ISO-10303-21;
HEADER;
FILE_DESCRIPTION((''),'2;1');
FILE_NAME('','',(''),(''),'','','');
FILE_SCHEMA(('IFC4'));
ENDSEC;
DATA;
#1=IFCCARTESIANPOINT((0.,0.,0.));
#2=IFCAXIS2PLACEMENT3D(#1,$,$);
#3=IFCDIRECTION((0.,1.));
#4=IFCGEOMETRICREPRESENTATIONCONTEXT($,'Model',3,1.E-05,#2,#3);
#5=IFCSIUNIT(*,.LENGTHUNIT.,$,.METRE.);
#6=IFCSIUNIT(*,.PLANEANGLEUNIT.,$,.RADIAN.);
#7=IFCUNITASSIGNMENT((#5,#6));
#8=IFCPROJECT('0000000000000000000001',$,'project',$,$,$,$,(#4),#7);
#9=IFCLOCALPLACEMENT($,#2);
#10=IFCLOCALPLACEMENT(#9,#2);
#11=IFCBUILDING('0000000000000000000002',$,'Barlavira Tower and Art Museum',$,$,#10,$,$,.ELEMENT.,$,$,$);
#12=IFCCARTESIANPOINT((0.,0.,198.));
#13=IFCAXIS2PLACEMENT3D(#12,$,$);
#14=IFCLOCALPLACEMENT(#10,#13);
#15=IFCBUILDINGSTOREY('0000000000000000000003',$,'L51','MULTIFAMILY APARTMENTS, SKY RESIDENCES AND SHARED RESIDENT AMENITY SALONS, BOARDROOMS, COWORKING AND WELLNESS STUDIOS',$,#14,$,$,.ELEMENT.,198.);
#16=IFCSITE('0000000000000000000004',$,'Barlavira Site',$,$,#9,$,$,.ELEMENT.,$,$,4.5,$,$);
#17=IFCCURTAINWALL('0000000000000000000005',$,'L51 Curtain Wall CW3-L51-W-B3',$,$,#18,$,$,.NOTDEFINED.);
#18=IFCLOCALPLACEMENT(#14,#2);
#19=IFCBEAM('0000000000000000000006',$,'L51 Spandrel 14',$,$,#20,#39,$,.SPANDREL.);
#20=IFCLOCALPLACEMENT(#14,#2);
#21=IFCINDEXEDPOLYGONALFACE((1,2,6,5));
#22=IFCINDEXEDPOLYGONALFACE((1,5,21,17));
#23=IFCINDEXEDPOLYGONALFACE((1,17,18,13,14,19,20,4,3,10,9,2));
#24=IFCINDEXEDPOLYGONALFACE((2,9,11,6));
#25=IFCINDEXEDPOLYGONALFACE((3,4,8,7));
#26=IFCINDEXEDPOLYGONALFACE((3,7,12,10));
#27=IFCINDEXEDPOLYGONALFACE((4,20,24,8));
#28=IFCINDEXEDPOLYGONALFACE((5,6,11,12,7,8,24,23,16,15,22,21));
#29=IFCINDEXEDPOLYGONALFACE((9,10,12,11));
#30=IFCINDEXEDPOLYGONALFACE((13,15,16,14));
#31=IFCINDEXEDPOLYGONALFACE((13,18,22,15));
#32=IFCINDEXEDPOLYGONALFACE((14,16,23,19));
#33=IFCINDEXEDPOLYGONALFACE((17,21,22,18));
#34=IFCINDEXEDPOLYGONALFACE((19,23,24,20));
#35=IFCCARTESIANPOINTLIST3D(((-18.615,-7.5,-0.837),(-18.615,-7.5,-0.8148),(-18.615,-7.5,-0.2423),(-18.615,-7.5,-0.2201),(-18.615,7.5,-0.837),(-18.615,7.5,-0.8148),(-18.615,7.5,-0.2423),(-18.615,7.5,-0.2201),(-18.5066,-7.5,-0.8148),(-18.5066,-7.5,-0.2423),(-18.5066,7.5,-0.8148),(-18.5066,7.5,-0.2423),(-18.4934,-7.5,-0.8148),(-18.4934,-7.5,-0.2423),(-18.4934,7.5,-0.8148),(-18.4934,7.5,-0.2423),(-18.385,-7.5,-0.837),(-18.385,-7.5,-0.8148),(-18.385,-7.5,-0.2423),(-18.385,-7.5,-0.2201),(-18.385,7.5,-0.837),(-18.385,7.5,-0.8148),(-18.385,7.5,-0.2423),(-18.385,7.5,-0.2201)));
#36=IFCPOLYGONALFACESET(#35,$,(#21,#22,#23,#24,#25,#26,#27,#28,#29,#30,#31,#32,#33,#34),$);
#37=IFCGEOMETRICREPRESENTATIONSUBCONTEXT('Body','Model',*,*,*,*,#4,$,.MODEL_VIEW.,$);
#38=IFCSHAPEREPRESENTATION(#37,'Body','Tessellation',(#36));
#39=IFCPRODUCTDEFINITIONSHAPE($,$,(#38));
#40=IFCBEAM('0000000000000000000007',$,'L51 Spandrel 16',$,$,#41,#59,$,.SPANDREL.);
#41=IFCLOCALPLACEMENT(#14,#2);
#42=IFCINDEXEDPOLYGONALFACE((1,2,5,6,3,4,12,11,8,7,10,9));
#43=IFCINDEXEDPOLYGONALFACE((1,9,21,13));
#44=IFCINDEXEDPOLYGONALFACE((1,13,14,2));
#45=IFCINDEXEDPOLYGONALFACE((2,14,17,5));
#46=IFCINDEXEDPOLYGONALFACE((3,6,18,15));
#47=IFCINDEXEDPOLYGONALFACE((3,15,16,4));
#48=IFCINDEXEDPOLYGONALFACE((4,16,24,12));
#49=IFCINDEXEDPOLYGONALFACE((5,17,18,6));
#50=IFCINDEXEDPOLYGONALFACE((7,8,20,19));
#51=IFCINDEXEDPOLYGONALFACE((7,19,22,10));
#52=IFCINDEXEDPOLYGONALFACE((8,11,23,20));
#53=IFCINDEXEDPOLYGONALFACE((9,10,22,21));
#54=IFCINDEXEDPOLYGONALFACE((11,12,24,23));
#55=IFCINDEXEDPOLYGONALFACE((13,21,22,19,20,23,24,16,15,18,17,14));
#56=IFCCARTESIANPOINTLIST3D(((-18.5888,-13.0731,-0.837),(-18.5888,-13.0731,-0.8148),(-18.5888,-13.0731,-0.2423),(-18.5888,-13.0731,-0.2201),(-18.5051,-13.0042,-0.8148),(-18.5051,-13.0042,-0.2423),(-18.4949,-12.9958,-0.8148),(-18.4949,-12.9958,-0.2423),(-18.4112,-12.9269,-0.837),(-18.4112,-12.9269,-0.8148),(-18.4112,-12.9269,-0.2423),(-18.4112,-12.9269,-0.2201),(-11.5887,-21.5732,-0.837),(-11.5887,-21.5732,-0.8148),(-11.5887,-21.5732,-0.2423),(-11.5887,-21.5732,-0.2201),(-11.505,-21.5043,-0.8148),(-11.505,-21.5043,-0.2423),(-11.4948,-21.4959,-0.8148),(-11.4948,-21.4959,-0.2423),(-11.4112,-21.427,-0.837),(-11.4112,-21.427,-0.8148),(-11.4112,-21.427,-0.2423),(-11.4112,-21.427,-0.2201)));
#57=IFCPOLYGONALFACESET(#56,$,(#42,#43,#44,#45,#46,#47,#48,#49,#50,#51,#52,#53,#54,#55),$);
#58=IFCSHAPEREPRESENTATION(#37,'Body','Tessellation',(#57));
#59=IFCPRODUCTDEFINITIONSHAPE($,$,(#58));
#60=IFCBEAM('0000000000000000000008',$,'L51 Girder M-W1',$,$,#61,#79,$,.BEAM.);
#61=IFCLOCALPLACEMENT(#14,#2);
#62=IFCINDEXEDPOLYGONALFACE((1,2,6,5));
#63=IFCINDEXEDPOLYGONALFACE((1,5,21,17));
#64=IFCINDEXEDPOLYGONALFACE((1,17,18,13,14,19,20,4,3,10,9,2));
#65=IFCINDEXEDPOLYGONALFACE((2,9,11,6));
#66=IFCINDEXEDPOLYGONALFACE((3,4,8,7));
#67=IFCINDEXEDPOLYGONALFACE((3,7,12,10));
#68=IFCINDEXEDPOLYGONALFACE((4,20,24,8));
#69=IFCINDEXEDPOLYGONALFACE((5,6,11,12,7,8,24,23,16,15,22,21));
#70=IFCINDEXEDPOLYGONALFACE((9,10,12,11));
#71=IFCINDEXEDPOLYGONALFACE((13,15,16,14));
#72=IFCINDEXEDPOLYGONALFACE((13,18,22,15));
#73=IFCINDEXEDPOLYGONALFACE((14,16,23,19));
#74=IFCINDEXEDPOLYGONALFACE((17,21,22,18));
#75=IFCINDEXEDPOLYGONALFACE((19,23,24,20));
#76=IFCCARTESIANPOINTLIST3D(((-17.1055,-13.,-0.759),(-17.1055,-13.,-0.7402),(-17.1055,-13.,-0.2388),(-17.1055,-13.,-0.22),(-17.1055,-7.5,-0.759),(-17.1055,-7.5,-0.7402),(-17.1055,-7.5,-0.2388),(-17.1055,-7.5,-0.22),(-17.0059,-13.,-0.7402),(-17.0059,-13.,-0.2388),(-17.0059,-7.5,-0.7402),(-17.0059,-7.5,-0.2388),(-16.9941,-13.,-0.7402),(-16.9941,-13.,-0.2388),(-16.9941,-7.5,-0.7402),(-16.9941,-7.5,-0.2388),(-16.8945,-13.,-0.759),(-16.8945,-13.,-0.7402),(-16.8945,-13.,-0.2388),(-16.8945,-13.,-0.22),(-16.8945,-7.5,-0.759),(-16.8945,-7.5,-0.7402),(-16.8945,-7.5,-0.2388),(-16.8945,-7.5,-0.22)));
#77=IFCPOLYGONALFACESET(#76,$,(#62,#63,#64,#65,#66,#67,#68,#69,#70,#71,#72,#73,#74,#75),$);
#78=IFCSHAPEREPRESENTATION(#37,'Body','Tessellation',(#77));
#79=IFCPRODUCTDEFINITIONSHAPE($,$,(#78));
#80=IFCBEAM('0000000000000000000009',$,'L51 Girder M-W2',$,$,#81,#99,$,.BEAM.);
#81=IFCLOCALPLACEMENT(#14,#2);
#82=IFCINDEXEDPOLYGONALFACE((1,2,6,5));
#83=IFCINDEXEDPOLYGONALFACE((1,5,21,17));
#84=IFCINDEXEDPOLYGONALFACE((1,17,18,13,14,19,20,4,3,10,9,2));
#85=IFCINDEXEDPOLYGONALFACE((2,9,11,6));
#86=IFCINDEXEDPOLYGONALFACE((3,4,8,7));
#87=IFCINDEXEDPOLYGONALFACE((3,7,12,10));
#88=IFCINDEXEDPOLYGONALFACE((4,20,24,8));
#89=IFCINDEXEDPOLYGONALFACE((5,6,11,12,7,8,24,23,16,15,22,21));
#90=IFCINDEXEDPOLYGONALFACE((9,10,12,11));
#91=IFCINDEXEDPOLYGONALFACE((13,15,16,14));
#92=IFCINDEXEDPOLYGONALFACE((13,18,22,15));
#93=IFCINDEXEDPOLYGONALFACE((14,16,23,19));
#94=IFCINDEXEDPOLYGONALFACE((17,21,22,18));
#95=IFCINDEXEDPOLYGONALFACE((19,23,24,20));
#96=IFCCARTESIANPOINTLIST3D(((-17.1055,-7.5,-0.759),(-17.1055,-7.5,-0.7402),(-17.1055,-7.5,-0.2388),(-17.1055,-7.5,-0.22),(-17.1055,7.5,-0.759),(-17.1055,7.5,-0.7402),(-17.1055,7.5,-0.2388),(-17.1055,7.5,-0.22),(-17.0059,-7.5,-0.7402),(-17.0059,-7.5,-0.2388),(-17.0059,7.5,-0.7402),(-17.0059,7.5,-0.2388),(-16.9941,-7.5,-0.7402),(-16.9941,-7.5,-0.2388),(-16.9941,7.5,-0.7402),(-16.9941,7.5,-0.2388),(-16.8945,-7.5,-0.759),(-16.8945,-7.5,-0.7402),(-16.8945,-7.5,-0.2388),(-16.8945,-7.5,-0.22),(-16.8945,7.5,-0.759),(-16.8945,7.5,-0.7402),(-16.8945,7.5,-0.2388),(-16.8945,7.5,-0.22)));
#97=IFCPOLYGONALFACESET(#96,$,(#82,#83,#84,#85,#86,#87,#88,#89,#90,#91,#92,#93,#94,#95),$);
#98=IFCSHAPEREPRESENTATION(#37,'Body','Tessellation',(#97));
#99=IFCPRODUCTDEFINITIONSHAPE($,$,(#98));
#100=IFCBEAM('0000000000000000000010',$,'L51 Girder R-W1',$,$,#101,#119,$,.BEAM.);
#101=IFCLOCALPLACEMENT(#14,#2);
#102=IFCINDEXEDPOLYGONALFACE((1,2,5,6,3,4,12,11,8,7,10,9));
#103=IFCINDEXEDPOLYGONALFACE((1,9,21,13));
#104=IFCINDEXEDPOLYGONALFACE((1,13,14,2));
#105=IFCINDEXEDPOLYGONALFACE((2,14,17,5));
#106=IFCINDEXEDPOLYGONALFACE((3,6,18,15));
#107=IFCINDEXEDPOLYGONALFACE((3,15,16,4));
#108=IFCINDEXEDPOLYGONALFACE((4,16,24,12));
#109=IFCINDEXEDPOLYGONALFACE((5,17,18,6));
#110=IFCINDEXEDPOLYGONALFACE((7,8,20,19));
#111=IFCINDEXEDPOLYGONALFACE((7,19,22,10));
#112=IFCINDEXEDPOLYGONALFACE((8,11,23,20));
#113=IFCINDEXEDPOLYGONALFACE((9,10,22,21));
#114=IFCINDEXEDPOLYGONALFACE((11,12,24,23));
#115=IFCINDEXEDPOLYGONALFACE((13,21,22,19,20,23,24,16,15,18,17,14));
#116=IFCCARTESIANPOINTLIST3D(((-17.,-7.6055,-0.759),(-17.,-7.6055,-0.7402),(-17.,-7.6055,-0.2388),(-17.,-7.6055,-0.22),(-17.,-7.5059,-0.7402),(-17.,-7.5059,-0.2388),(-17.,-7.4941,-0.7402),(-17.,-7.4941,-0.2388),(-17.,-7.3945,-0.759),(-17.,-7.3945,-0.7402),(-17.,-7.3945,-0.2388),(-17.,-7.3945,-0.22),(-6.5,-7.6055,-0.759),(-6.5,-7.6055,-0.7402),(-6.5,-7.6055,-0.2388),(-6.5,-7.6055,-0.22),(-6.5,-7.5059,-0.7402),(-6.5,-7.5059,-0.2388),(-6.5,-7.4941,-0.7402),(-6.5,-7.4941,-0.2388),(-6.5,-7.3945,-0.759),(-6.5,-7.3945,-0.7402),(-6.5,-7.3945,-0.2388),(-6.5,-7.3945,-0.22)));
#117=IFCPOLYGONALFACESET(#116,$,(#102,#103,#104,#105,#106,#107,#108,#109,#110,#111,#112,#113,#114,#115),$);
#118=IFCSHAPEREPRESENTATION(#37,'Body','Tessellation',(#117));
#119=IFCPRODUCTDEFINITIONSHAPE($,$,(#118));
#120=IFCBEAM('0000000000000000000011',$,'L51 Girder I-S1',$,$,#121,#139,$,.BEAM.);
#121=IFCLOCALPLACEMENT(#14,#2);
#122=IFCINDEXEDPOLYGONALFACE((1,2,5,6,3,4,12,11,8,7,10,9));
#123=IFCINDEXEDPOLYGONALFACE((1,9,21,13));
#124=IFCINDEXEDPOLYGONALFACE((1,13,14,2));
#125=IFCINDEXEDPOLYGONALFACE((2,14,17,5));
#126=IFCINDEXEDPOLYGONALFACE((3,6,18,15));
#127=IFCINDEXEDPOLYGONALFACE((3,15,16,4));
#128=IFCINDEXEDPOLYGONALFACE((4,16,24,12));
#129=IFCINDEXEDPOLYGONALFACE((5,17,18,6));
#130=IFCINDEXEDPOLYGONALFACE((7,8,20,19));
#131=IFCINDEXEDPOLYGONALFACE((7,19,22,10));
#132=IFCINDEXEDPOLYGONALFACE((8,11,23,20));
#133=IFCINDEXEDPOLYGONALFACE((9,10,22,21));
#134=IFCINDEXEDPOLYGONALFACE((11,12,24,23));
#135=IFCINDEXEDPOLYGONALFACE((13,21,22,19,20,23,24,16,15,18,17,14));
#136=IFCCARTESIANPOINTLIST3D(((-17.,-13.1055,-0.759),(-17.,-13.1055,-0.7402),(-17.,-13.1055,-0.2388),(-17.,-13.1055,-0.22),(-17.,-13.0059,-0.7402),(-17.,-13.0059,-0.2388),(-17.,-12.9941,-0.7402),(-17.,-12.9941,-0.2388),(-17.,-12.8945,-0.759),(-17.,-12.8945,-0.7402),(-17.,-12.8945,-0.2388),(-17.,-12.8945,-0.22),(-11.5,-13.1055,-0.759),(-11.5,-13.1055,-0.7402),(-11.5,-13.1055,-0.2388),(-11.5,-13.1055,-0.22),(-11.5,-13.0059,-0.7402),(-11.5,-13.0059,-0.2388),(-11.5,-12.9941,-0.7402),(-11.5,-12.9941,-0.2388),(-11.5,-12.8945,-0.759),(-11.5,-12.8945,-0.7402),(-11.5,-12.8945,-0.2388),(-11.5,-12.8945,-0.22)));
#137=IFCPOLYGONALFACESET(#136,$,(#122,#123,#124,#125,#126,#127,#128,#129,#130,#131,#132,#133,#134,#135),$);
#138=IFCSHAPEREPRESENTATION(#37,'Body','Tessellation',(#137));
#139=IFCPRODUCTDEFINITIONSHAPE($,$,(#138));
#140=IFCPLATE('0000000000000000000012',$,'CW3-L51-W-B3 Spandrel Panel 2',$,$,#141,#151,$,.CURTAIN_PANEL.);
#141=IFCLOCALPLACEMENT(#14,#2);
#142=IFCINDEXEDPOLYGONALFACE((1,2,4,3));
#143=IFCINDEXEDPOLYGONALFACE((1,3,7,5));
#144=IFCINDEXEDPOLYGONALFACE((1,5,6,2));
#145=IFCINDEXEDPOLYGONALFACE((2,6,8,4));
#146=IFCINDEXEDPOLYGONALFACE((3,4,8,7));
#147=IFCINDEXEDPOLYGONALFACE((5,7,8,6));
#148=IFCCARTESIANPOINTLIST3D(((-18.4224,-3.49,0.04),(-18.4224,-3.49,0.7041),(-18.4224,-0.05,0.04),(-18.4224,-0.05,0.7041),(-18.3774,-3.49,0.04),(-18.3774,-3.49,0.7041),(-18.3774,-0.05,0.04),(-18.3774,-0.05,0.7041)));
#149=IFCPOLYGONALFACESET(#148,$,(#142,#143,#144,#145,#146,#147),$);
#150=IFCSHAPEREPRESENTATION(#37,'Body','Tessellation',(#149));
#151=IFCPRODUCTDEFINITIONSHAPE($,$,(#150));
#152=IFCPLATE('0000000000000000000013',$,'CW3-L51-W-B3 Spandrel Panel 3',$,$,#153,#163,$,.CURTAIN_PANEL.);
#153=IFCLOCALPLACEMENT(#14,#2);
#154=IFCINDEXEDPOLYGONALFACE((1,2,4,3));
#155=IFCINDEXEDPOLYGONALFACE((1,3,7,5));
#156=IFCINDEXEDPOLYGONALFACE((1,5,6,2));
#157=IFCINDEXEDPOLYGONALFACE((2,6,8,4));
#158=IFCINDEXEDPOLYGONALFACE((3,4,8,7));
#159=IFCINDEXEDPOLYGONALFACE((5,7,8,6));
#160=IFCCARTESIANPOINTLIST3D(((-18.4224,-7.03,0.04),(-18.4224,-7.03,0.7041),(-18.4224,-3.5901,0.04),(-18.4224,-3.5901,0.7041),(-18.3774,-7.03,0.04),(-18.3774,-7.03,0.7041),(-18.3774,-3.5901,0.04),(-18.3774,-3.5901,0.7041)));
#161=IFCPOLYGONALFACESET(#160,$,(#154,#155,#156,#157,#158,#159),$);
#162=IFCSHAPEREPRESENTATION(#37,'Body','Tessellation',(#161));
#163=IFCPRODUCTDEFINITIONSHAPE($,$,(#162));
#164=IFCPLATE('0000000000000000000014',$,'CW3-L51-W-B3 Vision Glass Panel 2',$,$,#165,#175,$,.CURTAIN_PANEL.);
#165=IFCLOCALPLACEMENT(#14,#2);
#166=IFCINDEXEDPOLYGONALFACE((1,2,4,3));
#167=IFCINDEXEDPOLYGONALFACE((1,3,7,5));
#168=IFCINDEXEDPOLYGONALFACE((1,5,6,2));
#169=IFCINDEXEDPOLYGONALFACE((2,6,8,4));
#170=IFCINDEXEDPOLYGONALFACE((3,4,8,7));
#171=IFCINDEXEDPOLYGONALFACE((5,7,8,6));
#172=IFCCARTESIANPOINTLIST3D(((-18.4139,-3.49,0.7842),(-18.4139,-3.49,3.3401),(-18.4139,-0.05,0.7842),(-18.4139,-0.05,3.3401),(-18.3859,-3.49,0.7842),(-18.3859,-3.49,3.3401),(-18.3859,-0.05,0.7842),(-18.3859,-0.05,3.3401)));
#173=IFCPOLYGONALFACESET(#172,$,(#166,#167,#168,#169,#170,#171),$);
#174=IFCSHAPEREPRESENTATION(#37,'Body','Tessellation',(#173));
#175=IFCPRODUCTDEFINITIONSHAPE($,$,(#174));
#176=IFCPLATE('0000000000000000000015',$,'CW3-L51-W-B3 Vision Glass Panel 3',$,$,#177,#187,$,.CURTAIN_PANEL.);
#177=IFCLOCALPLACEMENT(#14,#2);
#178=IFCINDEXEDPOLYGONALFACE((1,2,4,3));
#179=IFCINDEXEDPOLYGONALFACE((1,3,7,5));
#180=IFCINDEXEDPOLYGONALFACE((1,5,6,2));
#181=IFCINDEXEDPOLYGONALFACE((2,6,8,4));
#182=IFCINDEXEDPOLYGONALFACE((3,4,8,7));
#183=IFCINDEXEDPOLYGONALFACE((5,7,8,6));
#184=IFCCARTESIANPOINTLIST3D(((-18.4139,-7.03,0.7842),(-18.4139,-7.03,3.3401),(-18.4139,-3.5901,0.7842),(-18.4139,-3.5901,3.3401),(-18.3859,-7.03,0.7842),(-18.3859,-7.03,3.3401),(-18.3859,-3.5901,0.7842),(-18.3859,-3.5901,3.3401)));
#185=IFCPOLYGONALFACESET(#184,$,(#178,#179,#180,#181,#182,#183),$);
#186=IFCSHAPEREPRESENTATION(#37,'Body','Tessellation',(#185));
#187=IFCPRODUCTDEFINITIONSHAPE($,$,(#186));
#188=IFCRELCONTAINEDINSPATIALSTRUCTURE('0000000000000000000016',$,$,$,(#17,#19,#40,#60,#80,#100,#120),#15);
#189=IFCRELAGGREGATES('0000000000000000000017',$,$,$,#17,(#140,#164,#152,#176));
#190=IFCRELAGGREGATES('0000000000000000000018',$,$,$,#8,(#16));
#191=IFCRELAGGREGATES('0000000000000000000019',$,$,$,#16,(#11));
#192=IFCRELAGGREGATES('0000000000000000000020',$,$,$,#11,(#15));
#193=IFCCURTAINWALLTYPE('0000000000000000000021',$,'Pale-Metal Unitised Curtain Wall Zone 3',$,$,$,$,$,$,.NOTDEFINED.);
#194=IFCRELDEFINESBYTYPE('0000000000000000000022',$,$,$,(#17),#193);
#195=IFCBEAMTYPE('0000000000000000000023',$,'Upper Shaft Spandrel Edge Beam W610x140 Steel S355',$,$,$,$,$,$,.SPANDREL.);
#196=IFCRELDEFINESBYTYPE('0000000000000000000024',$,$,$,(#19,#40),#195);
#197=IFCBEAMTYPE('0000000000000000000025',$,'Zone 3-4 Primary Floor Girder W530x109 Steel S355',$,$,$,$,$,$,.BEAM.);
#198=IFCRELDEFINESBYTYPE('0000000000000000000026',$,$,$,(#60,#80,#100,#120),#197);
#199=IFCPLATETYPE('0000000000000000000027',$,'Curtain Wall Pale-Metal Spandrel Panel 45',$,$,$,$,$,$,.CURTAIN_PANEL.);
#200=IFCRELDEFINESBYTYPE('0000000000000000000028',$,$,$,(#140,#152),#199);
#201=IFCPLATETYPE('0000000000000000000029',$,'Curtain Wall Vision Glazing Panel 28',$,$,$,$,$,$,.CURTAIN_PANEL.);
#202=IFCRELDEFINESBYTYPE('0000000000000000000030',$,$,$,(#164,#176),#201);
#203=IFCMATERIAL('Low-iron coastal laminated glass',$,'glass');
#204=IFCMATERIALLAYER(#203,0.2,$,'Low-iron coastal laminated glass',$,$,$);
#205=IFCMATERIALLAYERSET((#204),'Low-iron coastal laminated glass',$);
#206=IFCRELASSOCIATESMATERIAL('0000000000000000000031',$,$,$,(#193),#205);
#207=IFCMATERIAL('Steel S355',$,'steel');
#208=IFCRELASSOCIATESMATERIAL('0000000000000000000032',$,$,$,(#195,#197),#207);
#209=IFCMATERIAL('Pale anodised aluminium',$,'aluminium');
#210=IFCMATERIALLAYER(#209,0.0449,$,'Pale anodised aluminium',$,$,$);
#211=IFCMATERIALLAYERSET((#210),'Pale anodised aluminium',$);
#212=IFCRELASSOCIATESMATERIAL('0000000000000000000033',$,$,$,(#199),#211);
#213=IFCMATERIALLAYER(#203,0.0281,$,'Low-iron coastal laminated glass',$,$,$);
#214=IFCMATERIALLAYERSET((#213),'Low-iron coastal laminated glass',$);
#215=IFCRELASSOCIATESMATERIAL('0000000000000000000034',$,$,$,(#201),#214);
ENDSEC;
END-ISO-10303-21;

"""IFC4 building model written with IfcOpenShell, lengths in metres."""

from ifc_helpers import new_model, si_unit, direction, frame, origin, origin_2d, place, context, subcontext, project, spatial, rectangle, i_section, extrude, material, layer, layer_set, material_profile, profile_set, type_object, element, aggregate, save


model = new_model("IFC4")

# Units and contexts
model_context = context("Model", 3, precision=1e-05, world=origin(), true_north=direction((0.0, 1.0)))
body_context = subcontext(model_context, "Body", "Model", "MODEL_VIEW")
ifc_project = project(units=[si_unit("LENGTHUNIT", "METRE"), si_unit("PLANEANGLEUNIT", "RADIAN")], contexts=[model_context])

# Site, building, storey
site_placement = place(None, origin())
site = spatial("IfcSite", under=ifc_project, at=site_placement, Name="Barlavira Site", CompositionType="ELEMENT", RefElevation=4.5)
building_placement = place(site_placement, origin())
building = spatial("IfcBuilding", under=site, at=building_placement, Name="Barlavira Tower and Art Museum", CompositionType="ELEMENT")
storey_placement = place(building_placement, frame((0.0, 0.0, 198.0)))
storey = spatial("IfcBuildingStorey", under=building, at=storey_placement, Name="L51", Description="MULTIFAMILY APARTMENTS, SKY RESIDENCES AND SHARED RESIDENT AMENITY SALONS, BOARDROOMS, COWORKING AND WELLNESS STUDIOS", CompositionType="ELEMENT", Elevation=198.0)

# Curtain wall
ifc_material_1 = material(Name="Low-iron coastal laminated glass", Category="glass")
ifc_layer_1 = layer(ifc_material_1, 0.2, Name="Low-iron coastal laminated glass")
ifc_layer_set_1 = layer_set([ifc_layer_1], Name="Low-iron coastal laminated glass")
curtain_wall_type = type_object("IfcCurtainWallType", Name="Pale-Metal Unitised Curtain Wall Zone 3", PredefinedType="NOTDEFINED", material=ifc_layer_set_1)
curtain_wall_placement = place(storey_placement, origin())
curtain_wall = element("IfcCurtainWall", 1, at=curtain_wall_placement, inside=storey, type_object=curtain_wall_type, Name="L51 Curtain Wall CW3-L51-W-B3", PredefinedType="NOTDEFINED")
ifc_material_2 = material(Name="Pale anodised aluminium", Category="aluminium")

# Beams
ifc_material_3 = material(Name="Steel S355", Category="steel")
ifc_material_profile_1 = material_profile(ifc_material_3, i_section(OverallWidth=0.23, OverallDepth=0.6169, WebThickness=0.0132, FlangeThickness=0.0222, at=origin_2d()), Name="W610x140.0")
ifc_profile_set_1 = profile_set([ifc_material_profile_1], Name="Steel S355")
beam_type_1 = type_object("IfcBeamType", Name="Upper Shaft Spandrel Edge Beam W610x140 Steel S355", PredefinedType="SPANDREL", material=ifc_profile_set_1)
beam_1_placement = place(storey_placement, frame((-18.5, -7.5, -0.5286), z_axis=(0.0, 1.0, 0.0), x_axis=(-1.0, 0.0, 0.0)))
element("IfcBeam", 2, at=beam_1_placement, inside=storey, type_object=beam_type_1, Name="L51 Spandrel 14", PredefinedType="SPANDREL", context=body_context, shape_type="SweptSolid", body=[
    extrude(i_section(OverallWidth=0.23, OverallDepth=0.6169, WebThickness=0.0132, FlangeThickness=0.0222, at=origin_2d()), origin(), (0.0, 0.0, 1.0), 15.0),
])
beam_2_placement = place(storey_placement, frame((-18.5, -13.0, -0.5286), z_axis=(0.635707, -0.77193, 0.0), x_axis=(0.77193, 0.635707, 0.0)))
element("IfcBeam", 3, at=beam_2_placement, inside=storey, type_object=beam_type_1, Name="L51 Spandrel 16", PredefinedType="SPANDREL", context=body_context, shape_type="SweptSolid", body=[
    extrude(i_section(OverallWidth=0.23, OverallDepth=0.6169, WebThickness=0.0132, FlangeThickness=0.0222, at=origin_2d()), origin(), (0.0, 0.0, 1.0), 11.0115),
])
ifc_material_profile_2 = material_profile(ifc_material_3, i_section(OverallWidth=0.2109, OverallDepth=0.5391, WebThickness=0.0117, FlangeThickness=0.0188, at=origin_2d()), Name="W530x109.0")
ifc_profile_set_2 = profile_set([ifc_material_profile_2], Name="Steel S355")
beam_type_2 = type_object("IfcBeamType", Name="Zone 3-4 Primary Floor Girder W530x109 Steel S355", PredefinedType="BEAM", material=ifc_profile_set_2)
beam_3_placement = place(storey_placement, frame((-17.0, -13.0, -0.4895), z_axis=(0.0, 1.0, 0.0), x_axis=(-1.0, 0.0, 0.0)))
element("IfcBeam", 4, at=beam_3_placement, inside=storey, type_object=beam_type_2, Name="L51 Girder M-W1", PredefinedType="BEAM", context=body_context, shape_type="SweptSolid", body=[
    extrude(i_section(OverallWidth=0.2109, OverallDepth=0.5391, WebThickness=0.0117, FlangeThickness=0.0188, at=origin_2d()), origin(), (0.0, 0.0, 1.0), 5.5),
])
beam_4_placement = place(storey_placement, frame((-17.0, -7.5, -0.4895), z_axis=(0.0, 1.0, 0.0), x_axis=(-1.0, 0.0, 0.0)))
element("IfcBeam", 5, at=beam_4_placement, inside=storey, type_object=beam_type_2, Name="L51 Girder M-W2", PredefinedType="BEAM", context=body_context, shape_type="SweptSolid", body=[
    extrude(i_section(OverallWidth=0.2109, OverallDepth=0.5391, WebThickness=0.0117, FlangeThickness=0.0188, at=origin_2d()), origin(), (0.0, 0.0, 1.0), 15.0),
])
beam_5_placement = place(storey_placement, frame((-17.0, -7.5, -0.4895), z_axis=(1.0, 0.0, 0.0), x_axis=(0.0, 1.0, 0.0)))
element("IfcBeam", 6, at=beam_5_placement, inside=storey, type_object=beam_type_2, Name="L51 Girder R-W1", PredefinedType="BEAM", context=body_context, shape_type="SweptSolid", body=[
    extrude(i_section(OverallWidth=0.2109, OverallDepth=0.5391, WebThickness=0.0117, FlangeThickness=0.0188, at=origin_2d()), origin(), (0.0, 0.0, 1.0), 10.5),
])
beam_6_placement = place(storey_placement, frame((-17.0, -13.0, -0.4895), z_axis=(1.0, 0.0, 0.0), x_axis=(0.0, 1.0, 0.0)))
element("IfcBeam", 7, at=beam_6_placement, inside=storey, type_object=beam_type_2, Name="L51 Girder I-S1", PredefinedType="BEAM", context=body_context, shape_type="SweptSolid", body=[
    extrude(i_section(OverallWidth=0.2109, OverallDepth=0.5391, WebThickness=0.0117, FlangeThickness=0.0188, at=origin_2d()), origin(), (0.0, 0.0, 1.0), 5.5),
])

# Plates
ifc_layer_2 = layer(ifc_material_2, 0.0449, Name="Pale anodised aluminium")
ifc_layer_set_2 = layer_set([ifc_layer_2], Name="Pale anodised aluminium")
plate_type_1 = type_object("IfcPlateType", Name="Curtain Wall Pale-Metal Spandrel Panel 45", PredefinedType="CURTAIN_PANEL", material=ifc_layer_set_2)
plate_1_placement = place(storey_placement, frame((-18.3999, -1.77, 0.04), z_axis=(0.0, 0.0, 1.0), x_axis=(0.0, -1.0, 0.0)))
plate_1 = element("IfcPlate", 8, at=plate_1_placement, type_object=plate_type_1, Name="CW3-L51-W-B3 Spandrel Panel 2", PredefinedType="CURTAIN_PANEL", context=body_context, shape_type="SweptSolid", body=[
    extrude(rectangle(XDim=3.4399, YDim=0.0449, at=origin_2d()), origin(), (0.0, 0.0, 1.0), 0.6641),
])
plate_2_placement = place(storey_placement, frame((-18.3999, -5.3101, 0.04), z_axis=(0.0, 0.0, 1.0), x_axis=(0.0, -1.0, 0.0)))
plate_2 = element("IfcPlate", 9, at=plate_2_placement, type_object=plate_type_1, Name="CW3-L51-W-B3 Spandrel Panel 3", PredefinedType="CURTAIN_PANEL", context=body_context, shape_type="SweptSolid", body=[
    extrude(rectangle(XDim=3.4399, YDim=0.0449, at=origin_2d()), origin(), (0.0, 0.0, 1.0), 0.6641),
])
ifc_layer_3 = layer(ifc_material_1, 0.0281, Name="Low-iron coastal laminated glass")
ifc_layer_set_3 = layer_set([ifc_layer_3], Name="Low-iron coastal laminated glass")
plate_type_2 = type_object("IfcPlateType", Name="Curtain Wall Vision Glazing Panel 28", PredefinedType="CURTAIN_PANEL", material=ifc_layer_set_3)
plate_3_placement = place(storey_placement, frame((-18.3999, -1.77, 0.7842), z_axis=(0.0, 0.0, 1.0), x_axis=(0.0, -1.0, 0.0)))
plate_3 = element("IfcPlate", 10, at=plate_3_placement, type_object=plate_type_2, Name="CW3-L51-W-B3 Vision Glass Panel 2", PredefinedType="CURTAIN_PANEL", context=body_context, shape_type="SweptSolid", body=[
    extrude(rectangle(XDim=3.4399, YDim=0.0281, at=origin_2d()), origin(), (0.0, 0.0, 1.0), 2.5559),
])
plate_4_placement = place(storey_placement, frame((-18.3999, -5.3101, 0.7842), z_axis=(0.0, 0.0, 1.0), x_axis=(0.0, -1.0, 0.0)))
plate_4 = element("IfcPlate", 11, at=plate_4_placement, type_object=plate_type_2, Name="CW3-L51-W-B3 Vision Glass Panel 3", PredefinedType="CURTAIN_PANEL", context=body_context, shape_type="SweptSolid", body=[
    extrude(rectangle(XDim=3.4399, YDim=0.0281, at=origin_2d()), origin(), (0.0, 0.0, 1.0), 2.5559),
])
aggregate(curtain_wall, [plate_1, plate_3, plate_2, plate_4])

save(model, "model.ifc")
